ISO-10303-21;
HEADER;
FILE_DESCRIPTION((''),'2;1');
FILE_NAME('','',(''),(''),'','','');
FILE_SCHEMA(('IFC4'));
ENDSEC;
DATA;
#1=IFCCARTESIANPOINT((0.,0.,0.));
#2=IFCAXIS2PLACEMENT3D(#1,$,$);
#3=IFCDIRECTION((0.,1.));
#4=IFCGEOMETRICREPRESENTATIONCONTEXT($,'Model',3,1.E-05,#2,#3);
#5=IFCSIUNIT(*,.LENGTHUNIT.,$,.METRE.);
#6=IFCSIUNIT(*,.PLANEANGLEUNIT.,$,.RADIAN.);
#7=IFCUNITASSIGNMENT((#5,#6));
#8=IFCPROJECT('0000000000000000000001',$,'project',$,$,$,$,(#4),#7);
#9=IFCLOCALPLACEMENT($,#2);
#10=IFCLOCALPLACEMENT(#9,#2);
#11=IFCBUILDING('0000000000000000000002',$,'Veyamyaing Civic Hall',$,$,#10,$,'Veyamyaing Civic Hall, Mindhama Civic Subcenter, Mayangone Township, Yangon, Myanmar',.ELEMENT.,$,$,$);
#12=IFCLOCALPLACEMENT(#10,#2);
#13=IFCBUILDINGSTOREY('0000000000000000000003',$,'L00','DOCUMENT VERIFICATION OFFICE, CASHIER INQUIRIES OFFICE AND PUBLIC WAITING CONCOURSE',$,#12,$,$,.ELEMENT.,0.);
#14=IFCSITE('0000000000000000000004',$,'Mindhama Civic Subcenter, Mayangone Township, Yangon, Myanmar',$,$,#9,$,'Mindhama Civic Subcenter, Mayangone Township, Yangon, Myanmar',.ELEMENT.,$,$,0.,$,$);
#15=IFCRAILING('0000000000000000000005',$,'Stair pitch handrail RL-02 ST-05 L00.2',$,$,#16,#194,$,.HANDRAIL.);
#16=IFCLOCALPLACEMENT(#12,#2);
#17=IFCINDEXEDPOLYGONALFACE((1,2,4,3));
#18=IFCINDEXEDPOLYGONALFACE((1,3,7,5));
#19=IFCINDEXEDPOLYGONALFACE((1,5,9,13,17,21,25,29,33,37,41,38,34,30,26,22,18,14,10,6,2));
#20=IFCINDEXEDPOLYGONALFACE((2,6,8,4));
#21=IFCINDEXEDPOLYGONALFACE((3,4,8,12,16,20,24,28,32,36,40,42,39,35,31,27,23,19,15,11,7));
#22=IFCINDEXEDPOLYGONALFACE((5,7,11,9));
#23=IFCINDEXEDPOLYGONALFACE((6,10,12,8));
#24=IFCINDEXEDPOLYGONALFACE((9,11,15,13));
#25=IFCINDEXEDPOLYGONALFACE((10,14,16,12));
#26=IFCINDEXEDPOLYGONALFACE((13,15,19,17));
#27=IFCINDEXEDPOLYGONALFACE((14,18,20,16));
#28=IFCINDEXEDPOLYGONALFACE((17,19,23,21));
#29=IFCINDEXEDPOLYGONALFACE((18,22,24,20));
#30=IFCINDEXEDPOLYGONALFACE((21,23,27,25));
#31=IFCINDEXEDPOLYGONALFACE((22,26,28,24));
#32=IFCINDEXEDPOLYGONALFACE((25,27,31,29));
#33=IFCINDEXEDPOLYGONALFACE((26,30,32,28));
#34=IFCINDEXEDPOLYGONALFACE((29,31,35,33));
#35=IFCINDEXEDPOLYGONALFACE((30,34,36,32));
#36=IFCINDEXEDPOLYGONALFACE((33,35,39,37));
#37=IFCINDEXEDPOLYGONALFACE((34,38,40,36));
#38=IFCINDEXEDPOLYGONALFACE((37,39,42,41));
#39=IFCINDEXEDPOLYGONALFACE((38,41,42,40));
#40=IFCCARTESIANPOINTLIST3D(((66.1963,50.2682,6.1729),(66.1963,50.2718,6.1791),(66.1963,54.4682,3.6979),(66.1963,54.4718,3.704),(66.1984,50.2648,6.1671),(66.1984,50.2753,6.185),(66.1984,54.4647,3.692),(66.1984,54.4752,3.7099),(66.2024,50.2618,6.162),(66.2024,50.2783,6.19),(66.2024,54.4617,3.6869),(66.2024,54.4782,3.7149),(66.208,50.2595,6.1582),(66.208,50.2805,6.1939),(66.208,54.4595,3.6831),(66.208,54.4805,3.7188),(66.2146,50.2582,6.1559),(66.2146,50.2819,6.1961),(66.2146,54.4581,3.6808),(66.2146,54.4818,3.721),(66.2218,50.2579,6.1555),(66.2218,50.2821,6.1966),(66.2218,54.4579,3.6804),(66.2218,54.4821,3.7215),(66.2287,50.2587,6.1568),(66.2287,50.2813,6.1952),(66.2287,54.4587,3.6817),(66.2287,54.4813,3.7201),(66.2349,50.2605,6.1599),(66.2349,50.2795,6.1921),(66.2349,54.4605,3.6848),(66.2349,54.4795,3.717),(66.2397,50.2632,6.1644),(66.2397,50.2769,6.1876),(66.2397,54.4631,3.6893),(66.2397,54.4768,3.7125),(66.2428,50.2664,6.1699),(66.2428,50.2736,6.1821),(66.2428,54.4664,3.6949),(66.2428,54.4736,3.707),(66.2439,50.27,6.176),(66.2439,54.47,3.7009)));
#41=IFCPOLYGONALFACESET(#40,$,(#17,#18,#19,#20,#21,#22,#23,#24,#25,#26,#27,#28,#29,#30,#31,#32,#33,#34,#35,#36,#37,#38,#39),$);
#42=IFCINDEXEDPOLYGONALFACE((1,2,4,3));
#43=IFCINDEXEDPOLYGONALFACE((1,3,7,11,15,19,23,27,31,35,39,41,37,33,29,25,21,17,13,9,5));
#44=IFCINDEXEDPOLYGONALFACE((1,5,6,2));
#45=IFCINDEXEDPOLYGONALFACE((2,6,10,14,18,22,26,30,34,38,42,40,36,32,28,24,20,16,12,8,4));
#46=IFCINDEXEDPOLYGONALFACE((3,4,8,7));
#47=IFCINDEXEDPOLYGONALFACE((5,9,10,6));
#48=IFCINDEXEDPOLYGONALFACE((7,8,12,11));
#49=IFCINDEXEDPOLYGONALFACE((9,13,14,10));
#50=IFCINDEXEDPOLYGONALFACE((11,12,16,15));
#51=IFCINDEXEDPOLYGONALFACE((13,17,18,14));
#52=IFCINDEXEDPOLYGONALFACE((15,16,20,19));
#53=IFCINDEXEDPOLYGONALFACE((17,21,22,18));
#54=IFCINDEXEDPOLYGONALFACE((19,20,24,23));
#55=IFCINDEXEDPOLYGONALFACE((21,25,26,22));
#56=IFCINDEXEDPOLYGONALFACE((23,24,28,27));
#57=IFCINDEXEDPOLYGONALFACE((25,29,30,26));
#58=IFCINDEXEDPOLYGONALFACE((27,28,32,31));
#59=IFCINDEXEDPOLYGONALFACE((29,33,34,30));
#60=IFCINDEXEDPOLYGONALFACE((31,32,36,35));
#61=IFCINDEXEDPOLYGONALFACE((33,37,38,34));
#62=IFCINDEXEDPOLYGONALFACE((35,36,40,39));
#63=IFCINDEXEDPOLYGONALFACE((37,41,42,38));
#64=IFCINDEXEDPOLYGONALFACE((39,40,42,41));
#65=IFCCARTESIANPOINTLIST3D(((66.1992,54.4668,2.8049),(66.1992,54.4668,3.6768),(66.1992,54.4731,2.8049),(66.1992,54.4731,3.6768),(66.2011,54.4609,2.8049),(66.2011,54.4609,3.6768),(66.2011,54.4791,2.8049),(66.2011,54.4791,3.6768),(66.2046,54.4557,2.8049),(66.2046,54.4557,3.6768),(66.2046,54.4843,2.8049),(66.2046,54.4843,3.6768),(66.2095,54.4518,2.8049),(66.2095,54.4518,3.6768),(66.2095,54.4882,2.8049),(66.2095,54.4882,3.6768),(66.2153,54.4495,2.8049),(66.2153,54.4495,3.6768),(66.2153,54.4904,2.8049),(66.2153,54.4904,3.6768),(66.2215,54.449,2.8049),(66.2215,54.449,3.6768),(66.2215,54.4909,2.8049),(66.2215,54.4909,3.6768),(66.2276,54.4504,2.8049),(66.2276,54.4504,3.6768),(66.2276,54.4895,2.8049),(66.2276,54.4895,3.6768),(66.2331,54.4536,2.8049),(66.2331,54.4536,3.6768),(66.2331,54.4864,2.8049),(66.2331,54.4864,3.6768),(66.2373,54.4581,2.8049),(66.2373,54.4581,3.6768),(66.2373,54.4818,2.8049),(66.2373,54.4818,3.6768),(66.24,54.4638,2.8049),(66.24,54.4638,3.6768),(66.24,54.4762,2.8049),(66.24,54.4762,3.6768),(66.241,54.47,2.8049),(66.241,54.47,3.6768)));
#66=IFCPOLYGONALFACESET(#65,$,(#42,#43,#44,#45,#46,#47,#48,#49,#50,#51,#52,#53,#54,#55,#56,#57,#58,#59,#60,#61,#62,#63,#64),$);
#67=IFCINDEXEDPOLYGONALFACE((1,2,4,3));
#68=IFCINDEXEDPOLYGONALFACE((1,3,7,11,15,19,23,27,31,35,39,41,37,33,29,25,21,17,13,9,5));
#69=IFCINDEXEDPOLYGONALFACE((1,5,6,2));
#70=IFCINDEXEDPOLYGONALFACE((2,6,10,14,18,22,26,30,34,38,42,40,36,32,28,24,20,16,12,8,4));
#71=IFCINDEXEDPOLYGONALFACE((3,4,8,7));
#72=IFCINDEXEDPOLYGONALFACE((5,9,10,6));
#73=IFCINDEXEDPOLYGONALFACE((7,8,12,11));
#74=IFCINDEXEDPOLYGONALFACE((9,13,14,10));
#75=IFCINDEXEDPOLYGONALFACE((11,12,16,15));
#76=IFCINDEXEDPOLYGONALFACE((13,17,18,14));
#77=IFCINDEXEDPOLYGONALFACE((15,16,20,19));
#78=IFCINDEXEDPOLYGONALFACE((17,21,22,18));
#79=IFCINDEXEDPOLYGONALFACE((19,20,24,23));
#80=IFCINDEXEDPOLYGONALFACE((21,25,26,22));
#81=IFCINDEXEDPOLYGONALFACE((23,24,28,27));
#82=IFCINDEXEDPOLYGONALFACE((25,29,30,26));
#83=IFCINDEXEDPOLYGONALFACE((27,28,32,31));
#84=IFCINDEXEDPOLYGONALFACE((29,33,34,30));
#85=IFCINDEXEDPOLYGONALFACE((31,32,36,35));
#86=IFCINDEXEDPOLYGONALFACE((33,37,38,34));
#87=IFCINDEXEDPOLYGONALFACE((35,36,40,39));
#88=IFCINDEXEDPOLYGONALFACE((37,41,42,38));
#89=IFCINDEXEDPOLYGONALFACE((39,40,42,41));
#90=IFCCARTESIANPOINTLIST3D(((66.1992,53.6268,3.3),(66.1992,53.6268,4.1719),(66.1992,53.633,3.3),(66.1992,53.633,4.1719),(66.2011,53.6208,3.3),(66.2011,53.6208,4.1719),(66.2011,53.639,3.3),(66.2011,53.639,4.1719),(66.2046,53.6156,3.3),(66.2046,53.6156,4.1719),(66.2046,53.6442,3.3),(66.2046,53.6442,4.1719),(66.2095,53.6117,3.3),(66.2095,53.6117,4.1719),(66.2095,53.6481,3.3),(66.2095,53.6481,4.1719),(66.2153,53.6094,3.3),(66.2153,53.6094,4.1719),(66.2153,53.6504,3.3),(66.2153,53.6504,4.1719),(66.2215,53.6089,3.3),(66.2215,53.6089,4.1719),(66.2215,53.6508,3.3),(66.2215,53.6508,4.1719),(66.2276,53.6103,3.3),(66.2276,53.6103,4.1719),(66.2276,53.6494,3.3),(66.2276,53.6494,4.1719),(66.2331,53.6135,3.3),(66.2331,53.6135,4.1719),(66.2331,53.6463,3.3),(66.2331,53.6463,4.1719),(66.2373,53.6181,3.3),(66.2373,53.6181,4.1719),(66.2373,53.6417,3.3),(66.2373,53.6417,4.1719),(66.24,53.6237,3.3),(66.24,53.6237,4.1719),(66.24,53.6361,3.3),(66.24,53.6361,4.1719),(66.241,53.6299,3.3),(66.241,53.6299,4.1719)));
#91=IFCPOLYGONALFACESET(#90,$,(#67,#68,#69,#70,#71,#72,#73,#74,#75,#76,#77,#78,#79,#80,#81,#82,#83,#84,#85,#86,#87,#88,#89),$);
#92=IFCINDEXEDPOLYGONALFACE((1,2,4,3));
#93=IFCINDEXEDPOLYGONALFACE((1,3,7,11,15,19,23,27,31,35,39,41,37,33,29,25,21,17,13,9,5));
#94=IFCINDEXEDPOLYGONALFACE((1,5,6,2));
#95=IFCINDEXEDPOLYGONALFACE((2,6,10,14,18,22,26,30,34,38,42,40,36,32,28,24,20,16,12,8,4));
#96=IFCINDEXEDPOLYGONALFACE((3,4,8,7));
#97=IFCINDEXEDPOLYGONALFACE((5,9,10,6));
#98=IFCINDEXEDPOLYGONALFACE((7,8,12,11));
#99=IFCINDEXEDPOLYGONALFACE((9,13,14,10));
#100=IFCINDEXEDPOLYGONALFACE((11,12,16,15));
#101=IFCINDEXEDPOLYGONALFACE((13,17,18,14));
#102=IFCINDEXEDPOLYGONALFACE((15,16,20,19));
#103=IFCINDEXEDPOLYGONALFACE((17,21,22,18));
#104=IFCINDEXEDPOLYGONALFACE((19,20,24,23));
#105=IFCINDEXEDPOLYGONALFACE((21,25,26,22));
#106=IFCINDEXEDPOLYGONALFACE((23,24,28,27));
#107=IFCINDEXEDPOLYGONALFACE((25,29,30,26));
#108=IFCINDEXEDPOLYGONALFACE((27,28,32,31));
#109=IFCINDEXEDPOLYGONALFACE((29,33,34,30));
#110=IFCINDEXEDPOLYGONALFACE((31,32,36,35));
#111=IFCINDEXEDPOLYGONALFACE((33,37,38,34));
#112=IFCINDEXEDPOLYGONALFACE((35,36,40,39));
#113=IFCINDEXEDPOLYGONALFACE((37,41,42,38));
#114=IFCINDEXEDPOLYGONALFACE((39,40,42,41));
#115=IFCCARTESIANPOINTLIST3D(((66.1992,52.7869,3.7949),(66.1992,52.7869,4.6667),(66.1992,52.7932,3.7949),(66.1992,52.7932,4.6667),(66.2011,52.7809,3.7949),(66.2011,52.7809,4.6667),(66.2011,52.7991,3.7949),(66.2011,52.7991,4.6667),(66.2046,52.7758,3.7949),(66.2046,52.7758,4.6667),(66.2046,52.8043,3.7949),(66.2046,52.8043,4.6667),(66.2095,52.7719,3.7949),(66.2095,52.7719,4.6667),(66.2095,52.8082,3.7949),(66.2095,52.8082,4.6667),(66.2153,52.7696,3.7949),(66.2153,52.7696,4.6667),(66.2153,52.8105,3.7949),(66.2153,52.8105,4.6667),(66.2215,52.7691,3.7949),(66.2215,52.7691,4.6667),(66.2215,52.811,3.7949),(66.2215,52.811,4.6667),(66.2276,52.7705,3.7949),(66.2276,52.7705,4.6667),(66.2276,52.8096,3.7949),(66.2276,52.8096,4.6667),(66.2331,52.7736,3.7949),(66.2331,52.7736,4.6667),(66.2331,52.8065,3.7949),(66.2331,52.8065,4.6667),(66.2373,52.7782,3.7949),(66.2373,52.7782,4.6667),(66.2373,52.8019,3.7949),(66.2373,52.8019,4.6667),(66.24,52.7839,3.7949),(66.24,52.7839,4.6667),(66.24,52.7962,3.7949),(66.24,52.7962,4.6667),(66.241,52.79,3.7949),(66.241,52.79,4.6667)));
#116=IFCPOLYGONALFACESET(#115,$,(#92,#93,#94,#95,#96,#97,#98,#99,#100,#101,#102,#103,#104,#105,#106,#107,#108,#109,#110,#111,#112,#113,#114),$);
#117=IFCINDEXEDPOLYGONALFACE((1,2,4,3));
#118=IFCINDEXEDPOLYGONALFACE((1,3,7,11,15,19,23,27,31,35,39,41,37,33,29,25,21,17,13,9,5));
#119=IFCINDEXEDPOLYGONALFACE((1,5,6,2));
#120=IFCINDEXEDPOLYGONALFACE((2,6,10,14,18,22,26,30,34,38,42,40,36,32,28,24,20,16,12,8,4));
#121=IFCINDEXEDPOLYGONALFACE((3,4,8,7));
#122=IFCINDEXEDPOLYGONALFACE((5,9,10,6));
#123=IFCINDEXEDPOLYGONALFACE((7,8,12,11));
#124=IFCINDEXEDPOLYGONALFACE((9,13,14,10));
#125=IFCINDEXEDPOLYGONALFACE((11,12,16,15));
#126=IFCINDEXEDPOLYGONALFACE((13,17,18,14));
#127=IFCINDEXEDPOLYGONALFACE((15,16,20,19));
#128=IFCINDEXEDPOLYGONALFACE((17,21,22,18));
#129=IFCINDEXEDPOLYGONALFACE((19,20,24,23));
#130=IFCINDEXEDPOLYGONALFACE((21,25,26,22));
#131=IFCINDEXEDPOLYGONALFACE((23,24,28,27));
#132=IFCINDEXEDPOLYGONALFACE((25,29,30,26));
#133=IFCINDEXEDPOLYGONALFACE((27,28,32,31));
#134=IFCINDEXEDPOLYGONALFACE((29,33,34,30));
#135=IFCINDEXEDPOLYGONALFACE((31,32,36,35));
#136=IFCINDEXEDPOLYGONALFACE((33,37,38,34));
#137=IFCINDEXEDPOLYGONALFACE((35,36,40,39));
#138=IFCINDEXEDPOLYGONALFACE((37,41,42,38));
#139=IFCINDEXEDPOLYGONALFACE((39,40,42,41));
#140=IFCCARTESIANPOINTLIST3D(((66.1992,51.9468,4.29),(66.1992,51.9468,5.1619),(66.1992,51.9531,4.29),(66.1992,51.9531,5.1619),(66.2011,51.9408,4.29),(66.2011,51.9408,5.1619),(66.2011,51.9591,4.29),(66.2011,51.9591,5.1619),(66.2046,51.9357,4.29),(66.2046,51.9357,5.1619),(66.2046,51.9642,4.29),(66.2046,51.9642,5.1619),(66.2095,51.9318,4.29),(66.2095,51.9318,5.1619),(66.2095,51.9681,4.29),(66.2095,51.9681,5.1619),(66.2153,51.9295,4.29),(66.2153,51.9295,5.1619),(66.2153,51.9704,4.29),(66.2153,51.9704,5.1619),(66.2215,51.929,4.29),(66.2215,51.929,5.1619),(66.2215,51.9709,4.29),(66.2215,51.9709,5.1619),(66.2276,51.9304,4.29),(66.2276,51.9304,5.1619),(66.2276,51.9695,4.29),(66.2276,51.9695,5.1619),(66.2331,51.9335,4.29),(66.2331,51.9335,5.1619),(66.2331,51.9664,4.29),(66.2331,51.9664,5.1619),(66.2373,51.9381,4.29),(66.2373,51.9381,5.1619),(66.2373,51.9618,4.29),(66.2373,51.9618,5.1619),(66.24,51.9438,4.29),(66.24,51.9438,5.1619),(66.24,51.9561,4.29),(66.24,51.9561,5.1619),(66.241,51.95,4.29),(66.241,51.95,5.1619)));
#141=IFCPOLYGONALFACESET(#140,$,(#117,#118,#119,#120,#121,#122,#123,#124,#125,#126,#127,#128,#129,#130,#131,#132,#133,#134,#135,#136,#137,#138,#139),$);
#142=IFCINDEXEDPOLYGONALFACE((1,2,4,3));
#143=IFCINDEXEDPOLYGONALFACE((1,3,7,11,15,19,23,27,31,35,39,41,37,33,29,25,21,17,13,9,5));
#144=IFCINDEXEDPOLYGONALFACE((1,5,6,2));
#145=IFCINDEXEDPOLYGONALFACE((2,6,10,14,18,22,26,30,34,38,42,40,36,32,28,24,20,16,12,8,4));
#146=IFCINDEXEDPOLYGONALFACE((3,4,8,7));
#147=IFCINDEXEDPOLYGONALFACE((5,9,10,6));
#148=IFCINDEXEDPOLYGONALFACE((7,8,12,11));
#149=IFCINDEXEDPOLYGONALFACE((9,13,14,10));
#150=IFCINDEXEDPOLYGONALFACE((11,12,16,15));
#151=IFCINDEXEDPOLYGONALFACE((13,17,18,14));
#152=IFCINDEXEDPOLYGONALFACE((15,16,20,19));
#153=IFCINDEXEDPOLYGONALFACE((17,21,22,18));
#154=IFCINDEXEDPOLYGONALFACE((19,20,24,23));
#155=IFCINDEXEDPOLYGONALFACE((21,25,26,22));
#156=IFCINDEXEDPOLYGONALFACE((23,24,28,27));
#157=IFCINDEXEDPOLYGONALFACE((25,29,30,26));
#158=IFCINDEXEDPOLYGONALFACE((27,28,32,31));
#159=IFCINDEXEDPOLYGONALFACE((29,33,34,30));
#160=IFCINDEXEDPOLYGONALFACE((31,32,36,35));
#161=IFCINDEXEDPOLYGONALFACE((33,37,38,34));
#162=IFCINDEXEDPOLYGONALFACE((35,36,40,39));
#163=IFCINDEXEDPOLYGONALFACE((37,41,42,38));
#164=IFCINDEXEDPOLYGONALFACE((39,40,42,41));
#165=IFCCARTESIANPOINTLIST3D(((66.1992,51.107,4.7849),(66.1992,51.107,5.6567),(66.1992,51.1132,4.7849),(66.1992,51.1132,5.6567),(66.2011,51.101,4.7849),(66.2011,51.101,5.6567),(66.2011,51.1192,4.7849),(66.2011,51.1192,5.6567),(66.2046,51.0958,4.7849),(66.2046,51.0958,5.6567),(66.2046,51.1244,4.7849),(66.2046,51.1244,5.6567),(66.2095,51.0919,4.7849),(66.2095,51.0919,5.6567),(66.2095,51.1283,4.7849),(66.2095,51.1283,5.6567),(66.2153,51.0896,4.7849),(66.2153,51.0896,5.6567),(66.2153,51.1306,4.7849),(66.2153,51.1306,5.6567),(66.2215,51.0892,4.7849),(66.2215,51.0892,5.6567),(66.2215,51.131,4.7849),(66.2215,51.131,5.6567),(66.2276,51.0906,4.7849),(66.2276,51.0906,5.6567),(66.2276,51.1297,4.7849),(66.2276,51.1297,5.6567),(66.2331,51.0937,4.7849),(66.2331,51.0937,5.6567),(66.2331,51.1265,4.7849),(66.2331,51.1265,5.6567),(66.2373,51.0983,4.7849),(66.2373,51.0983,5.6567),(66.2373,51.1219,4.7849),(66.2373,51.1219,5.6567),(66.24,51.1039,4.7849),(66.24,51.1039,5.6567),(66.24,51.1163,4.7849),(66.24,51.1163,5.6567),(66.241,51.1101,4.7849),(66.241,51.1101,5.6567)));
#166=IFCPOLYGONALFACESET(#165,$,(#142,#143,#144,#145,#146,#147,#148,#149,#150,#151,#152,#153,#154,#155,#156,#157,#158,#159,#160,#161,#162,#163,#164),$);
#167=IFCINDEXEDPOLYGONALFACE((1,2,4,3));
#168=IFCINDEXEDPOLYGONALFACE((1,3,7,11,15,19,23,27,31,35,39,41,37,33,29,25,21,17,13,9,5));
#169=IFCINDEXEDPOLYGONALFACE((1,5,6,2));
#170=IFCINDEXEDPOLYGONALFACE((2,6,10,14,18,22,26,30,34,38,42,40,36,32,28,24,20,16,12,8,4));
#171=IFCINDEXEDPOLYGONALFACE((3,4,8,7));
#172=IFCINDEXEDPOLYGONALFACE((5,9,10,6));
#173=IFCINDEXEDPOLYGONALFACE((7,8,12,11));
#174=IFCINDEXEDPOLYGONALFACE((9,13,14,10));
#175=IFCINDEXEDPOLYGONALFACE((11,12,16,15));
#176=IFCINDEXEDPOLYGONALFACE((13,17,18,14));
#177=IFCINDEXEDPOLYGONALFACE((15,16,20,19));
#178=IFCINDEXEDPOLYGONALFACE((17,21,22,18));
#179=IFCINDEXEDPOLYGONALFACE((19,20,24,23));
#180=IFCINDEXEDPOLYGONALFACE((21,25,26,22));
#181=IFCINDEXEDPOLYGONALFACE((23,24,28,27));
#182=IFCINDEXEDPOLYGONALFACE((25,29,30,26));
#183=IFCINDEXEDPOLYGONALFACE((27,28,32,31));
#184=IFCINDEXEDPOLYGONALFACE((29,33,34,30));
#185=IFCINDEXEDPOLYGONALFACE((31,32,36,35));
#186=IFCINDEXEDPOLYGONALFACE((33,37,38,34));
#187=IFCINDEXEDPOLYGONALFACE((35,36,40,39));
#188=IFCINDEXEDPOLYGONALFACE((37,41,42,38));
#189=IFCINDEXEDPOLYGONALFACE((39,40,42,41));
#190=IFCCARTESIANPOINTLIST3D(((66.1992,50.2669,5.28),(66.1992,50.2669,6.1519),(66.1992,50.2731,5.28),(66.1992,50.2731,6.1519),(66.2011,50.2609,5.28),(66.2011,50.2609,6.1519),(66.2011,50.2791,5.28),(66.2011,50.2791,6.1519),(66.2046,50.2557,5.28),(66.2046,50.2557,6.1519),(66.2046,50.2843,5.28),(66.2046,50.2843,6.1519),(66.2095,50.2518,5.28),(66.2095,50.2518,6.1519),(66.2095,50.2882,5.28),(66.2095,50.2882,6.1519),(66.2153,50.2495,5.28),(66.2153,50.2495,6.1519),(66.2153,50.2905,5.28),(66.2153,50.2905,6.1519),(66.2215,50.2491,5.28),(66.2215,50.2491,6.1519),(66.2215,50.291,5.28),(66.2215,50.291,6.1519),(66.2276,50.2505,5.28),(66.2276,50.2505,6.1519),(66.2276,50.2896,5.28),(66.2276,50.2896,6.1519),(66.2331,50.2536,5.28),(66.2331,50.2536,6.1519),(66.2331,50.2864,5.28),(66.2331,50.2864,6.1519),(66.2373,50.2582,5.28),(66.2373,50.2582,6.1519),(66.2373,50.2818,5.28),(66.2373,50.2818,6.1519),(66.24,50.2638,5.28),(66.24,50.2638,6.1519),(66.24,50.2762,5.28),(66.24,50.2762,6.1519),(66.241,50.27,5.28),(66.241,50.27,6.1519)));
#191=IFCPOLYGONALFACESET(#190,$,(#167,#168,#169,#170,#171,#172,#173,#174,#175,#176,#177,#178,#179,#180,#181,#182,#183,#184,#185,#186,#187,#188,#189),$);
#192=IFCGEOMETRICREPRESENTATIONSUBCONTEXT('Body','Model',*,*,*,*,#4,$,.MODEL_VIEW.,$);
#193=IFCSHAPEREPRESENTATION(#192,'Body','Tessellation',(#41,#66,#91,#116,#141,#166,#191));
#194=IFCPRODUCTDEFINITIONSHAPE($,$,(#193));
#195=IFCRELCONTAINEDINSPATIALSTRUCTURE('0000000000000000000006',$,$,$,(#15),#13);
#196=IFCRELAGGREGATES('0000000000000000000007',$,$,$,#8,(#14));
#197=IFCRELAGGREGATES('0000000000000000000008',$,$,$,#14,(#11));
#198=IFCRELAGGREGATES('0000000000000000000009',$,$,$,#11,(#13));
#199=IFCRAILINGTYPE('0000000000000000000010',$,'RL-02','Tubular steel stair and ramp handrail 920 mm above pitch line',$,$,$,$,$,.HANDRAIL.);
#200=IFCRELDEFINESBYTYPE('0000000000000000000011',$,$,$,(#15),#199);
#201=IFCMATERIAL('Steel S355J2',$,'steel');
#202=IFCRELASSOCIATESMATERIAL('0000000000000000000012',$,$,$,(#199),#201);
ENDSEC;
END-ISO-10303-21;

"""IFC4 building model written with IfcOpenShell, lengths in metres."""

from ifc_helpers import new_model, si_unit, direction, frame, origin, origin_2d, place, context, subcontext, project, spatial, circle, extrude, material, type_object, element, save


model = new_model("IFC4")

# Units and contexts
model_context = context("Model", 3, precision=1e-05, world=origin(), true_north=direction((0.0, 1.0)))
body_context = subcontext(model_context, "Body", "Model", "MODEL_VIEW")
ifc_project = project(units=[si_unit("LENGTHUNIT", "METRE"), si_unit("PLANEANGLEUNIT", "RADIAN")], contexts=[model_context])

# Site, building, storey
site_placement = place(None, origin())
site = spatial("IfcSite", under=ifc_project, at=site_placement, Name="Mindhama Civic Subcenter, Mayangone Township, Yangon, Myanmar", LongName="Mindhama Civic Subcenter, Mayangone Township, Yangon, Myanmar", CompositionType="ELEMENT", RefElevation=0.0)
building_placement = place(site_placement, origin())
building = spatial("IfcBuilding", under=site, at=building_placement, Name="Veyamyaing Civic Hall", LongName="Veyamyaing Civic Hall, Mindhama Civic Subcenter, Mayangone Township, Yangon, Myanmar", CompositionType="ELEMENT")
storey_placement = place(building_placement, origin())
storey = spatial("IfcBuildingStorey", under=building, at=storey_placement, Name="L00", Description="DOCUMENT VERIFICATION OFFICE, CASHIER INQUIRIES OFFICE AND PUBLIC WAITING CONCOURSE", CompositionType="ELEMENT", Elevation=0.0)

# Railing
ifc_material_1 = material(Name="Steel S355J2", Category="steel")
railing_type = type_object("IfcRailingType", Name="RL-02", Description="Tubular steel stair and ramp handrail 920 mm above pitch line", PredefinedType="HANDRAIL", material=ifc_material_1)
railing_placement = place(storey_placement, frame((66.22, 54.47, 2.8049)))
element("IfcRailing", 1, at=railing_placement, inside=storey, type_object=railing_type, Name="Stair pitch handrail RL-02 ST-05 L00.2", PredefinedType="HANDRAIL", context=body_context, shape_type="SweptSolid", body=[
    extrude(circle(Radius=0.0239, at=origin_2d()), frame((0.0, 0.0, 0.896), z_axis=(0.0, -0.861527, 0.507712), x_axis=(1.0, 0.0, 0.0)), (0.0, 0.0, 1.0), 4.875),
    extrude(circle(Radius=0.021, at=origin_2d()), origin(), (0.0, 0.0, 1.0), 0.8718),
    extrude(circle(Radius=0.021, at=origin_2d()), frame((0.0, -0.8401, 0.4951)), (0.0, 0.0, 1.0), 0.8718),
    extrude(circle(Radius=0.021, at=origin_2d()), frame((0.0, -1.6799, 0.99)), (0.0, 0.0, 1.0), 0.8718),
    extrude(circle(Radius=0.021, at=origin_2d()), frame((0.0, -2.52, 1.4851)), (0.0, 0.0, 1.0), 0.8718),
    extrude(circle(Radius=0.021, at=origin_2d()), frame((0.0, -3.3599, 1.98)), (0.0, 0.0, 1.0), 0.8718),
    extrude(circle(Radius=0.021, at=origin_2d()), frame((0.0, -4.2, 2.4751)), (0.0, 0.0, 1.0), 0.8718),
])

save(model, "model.ifc")
